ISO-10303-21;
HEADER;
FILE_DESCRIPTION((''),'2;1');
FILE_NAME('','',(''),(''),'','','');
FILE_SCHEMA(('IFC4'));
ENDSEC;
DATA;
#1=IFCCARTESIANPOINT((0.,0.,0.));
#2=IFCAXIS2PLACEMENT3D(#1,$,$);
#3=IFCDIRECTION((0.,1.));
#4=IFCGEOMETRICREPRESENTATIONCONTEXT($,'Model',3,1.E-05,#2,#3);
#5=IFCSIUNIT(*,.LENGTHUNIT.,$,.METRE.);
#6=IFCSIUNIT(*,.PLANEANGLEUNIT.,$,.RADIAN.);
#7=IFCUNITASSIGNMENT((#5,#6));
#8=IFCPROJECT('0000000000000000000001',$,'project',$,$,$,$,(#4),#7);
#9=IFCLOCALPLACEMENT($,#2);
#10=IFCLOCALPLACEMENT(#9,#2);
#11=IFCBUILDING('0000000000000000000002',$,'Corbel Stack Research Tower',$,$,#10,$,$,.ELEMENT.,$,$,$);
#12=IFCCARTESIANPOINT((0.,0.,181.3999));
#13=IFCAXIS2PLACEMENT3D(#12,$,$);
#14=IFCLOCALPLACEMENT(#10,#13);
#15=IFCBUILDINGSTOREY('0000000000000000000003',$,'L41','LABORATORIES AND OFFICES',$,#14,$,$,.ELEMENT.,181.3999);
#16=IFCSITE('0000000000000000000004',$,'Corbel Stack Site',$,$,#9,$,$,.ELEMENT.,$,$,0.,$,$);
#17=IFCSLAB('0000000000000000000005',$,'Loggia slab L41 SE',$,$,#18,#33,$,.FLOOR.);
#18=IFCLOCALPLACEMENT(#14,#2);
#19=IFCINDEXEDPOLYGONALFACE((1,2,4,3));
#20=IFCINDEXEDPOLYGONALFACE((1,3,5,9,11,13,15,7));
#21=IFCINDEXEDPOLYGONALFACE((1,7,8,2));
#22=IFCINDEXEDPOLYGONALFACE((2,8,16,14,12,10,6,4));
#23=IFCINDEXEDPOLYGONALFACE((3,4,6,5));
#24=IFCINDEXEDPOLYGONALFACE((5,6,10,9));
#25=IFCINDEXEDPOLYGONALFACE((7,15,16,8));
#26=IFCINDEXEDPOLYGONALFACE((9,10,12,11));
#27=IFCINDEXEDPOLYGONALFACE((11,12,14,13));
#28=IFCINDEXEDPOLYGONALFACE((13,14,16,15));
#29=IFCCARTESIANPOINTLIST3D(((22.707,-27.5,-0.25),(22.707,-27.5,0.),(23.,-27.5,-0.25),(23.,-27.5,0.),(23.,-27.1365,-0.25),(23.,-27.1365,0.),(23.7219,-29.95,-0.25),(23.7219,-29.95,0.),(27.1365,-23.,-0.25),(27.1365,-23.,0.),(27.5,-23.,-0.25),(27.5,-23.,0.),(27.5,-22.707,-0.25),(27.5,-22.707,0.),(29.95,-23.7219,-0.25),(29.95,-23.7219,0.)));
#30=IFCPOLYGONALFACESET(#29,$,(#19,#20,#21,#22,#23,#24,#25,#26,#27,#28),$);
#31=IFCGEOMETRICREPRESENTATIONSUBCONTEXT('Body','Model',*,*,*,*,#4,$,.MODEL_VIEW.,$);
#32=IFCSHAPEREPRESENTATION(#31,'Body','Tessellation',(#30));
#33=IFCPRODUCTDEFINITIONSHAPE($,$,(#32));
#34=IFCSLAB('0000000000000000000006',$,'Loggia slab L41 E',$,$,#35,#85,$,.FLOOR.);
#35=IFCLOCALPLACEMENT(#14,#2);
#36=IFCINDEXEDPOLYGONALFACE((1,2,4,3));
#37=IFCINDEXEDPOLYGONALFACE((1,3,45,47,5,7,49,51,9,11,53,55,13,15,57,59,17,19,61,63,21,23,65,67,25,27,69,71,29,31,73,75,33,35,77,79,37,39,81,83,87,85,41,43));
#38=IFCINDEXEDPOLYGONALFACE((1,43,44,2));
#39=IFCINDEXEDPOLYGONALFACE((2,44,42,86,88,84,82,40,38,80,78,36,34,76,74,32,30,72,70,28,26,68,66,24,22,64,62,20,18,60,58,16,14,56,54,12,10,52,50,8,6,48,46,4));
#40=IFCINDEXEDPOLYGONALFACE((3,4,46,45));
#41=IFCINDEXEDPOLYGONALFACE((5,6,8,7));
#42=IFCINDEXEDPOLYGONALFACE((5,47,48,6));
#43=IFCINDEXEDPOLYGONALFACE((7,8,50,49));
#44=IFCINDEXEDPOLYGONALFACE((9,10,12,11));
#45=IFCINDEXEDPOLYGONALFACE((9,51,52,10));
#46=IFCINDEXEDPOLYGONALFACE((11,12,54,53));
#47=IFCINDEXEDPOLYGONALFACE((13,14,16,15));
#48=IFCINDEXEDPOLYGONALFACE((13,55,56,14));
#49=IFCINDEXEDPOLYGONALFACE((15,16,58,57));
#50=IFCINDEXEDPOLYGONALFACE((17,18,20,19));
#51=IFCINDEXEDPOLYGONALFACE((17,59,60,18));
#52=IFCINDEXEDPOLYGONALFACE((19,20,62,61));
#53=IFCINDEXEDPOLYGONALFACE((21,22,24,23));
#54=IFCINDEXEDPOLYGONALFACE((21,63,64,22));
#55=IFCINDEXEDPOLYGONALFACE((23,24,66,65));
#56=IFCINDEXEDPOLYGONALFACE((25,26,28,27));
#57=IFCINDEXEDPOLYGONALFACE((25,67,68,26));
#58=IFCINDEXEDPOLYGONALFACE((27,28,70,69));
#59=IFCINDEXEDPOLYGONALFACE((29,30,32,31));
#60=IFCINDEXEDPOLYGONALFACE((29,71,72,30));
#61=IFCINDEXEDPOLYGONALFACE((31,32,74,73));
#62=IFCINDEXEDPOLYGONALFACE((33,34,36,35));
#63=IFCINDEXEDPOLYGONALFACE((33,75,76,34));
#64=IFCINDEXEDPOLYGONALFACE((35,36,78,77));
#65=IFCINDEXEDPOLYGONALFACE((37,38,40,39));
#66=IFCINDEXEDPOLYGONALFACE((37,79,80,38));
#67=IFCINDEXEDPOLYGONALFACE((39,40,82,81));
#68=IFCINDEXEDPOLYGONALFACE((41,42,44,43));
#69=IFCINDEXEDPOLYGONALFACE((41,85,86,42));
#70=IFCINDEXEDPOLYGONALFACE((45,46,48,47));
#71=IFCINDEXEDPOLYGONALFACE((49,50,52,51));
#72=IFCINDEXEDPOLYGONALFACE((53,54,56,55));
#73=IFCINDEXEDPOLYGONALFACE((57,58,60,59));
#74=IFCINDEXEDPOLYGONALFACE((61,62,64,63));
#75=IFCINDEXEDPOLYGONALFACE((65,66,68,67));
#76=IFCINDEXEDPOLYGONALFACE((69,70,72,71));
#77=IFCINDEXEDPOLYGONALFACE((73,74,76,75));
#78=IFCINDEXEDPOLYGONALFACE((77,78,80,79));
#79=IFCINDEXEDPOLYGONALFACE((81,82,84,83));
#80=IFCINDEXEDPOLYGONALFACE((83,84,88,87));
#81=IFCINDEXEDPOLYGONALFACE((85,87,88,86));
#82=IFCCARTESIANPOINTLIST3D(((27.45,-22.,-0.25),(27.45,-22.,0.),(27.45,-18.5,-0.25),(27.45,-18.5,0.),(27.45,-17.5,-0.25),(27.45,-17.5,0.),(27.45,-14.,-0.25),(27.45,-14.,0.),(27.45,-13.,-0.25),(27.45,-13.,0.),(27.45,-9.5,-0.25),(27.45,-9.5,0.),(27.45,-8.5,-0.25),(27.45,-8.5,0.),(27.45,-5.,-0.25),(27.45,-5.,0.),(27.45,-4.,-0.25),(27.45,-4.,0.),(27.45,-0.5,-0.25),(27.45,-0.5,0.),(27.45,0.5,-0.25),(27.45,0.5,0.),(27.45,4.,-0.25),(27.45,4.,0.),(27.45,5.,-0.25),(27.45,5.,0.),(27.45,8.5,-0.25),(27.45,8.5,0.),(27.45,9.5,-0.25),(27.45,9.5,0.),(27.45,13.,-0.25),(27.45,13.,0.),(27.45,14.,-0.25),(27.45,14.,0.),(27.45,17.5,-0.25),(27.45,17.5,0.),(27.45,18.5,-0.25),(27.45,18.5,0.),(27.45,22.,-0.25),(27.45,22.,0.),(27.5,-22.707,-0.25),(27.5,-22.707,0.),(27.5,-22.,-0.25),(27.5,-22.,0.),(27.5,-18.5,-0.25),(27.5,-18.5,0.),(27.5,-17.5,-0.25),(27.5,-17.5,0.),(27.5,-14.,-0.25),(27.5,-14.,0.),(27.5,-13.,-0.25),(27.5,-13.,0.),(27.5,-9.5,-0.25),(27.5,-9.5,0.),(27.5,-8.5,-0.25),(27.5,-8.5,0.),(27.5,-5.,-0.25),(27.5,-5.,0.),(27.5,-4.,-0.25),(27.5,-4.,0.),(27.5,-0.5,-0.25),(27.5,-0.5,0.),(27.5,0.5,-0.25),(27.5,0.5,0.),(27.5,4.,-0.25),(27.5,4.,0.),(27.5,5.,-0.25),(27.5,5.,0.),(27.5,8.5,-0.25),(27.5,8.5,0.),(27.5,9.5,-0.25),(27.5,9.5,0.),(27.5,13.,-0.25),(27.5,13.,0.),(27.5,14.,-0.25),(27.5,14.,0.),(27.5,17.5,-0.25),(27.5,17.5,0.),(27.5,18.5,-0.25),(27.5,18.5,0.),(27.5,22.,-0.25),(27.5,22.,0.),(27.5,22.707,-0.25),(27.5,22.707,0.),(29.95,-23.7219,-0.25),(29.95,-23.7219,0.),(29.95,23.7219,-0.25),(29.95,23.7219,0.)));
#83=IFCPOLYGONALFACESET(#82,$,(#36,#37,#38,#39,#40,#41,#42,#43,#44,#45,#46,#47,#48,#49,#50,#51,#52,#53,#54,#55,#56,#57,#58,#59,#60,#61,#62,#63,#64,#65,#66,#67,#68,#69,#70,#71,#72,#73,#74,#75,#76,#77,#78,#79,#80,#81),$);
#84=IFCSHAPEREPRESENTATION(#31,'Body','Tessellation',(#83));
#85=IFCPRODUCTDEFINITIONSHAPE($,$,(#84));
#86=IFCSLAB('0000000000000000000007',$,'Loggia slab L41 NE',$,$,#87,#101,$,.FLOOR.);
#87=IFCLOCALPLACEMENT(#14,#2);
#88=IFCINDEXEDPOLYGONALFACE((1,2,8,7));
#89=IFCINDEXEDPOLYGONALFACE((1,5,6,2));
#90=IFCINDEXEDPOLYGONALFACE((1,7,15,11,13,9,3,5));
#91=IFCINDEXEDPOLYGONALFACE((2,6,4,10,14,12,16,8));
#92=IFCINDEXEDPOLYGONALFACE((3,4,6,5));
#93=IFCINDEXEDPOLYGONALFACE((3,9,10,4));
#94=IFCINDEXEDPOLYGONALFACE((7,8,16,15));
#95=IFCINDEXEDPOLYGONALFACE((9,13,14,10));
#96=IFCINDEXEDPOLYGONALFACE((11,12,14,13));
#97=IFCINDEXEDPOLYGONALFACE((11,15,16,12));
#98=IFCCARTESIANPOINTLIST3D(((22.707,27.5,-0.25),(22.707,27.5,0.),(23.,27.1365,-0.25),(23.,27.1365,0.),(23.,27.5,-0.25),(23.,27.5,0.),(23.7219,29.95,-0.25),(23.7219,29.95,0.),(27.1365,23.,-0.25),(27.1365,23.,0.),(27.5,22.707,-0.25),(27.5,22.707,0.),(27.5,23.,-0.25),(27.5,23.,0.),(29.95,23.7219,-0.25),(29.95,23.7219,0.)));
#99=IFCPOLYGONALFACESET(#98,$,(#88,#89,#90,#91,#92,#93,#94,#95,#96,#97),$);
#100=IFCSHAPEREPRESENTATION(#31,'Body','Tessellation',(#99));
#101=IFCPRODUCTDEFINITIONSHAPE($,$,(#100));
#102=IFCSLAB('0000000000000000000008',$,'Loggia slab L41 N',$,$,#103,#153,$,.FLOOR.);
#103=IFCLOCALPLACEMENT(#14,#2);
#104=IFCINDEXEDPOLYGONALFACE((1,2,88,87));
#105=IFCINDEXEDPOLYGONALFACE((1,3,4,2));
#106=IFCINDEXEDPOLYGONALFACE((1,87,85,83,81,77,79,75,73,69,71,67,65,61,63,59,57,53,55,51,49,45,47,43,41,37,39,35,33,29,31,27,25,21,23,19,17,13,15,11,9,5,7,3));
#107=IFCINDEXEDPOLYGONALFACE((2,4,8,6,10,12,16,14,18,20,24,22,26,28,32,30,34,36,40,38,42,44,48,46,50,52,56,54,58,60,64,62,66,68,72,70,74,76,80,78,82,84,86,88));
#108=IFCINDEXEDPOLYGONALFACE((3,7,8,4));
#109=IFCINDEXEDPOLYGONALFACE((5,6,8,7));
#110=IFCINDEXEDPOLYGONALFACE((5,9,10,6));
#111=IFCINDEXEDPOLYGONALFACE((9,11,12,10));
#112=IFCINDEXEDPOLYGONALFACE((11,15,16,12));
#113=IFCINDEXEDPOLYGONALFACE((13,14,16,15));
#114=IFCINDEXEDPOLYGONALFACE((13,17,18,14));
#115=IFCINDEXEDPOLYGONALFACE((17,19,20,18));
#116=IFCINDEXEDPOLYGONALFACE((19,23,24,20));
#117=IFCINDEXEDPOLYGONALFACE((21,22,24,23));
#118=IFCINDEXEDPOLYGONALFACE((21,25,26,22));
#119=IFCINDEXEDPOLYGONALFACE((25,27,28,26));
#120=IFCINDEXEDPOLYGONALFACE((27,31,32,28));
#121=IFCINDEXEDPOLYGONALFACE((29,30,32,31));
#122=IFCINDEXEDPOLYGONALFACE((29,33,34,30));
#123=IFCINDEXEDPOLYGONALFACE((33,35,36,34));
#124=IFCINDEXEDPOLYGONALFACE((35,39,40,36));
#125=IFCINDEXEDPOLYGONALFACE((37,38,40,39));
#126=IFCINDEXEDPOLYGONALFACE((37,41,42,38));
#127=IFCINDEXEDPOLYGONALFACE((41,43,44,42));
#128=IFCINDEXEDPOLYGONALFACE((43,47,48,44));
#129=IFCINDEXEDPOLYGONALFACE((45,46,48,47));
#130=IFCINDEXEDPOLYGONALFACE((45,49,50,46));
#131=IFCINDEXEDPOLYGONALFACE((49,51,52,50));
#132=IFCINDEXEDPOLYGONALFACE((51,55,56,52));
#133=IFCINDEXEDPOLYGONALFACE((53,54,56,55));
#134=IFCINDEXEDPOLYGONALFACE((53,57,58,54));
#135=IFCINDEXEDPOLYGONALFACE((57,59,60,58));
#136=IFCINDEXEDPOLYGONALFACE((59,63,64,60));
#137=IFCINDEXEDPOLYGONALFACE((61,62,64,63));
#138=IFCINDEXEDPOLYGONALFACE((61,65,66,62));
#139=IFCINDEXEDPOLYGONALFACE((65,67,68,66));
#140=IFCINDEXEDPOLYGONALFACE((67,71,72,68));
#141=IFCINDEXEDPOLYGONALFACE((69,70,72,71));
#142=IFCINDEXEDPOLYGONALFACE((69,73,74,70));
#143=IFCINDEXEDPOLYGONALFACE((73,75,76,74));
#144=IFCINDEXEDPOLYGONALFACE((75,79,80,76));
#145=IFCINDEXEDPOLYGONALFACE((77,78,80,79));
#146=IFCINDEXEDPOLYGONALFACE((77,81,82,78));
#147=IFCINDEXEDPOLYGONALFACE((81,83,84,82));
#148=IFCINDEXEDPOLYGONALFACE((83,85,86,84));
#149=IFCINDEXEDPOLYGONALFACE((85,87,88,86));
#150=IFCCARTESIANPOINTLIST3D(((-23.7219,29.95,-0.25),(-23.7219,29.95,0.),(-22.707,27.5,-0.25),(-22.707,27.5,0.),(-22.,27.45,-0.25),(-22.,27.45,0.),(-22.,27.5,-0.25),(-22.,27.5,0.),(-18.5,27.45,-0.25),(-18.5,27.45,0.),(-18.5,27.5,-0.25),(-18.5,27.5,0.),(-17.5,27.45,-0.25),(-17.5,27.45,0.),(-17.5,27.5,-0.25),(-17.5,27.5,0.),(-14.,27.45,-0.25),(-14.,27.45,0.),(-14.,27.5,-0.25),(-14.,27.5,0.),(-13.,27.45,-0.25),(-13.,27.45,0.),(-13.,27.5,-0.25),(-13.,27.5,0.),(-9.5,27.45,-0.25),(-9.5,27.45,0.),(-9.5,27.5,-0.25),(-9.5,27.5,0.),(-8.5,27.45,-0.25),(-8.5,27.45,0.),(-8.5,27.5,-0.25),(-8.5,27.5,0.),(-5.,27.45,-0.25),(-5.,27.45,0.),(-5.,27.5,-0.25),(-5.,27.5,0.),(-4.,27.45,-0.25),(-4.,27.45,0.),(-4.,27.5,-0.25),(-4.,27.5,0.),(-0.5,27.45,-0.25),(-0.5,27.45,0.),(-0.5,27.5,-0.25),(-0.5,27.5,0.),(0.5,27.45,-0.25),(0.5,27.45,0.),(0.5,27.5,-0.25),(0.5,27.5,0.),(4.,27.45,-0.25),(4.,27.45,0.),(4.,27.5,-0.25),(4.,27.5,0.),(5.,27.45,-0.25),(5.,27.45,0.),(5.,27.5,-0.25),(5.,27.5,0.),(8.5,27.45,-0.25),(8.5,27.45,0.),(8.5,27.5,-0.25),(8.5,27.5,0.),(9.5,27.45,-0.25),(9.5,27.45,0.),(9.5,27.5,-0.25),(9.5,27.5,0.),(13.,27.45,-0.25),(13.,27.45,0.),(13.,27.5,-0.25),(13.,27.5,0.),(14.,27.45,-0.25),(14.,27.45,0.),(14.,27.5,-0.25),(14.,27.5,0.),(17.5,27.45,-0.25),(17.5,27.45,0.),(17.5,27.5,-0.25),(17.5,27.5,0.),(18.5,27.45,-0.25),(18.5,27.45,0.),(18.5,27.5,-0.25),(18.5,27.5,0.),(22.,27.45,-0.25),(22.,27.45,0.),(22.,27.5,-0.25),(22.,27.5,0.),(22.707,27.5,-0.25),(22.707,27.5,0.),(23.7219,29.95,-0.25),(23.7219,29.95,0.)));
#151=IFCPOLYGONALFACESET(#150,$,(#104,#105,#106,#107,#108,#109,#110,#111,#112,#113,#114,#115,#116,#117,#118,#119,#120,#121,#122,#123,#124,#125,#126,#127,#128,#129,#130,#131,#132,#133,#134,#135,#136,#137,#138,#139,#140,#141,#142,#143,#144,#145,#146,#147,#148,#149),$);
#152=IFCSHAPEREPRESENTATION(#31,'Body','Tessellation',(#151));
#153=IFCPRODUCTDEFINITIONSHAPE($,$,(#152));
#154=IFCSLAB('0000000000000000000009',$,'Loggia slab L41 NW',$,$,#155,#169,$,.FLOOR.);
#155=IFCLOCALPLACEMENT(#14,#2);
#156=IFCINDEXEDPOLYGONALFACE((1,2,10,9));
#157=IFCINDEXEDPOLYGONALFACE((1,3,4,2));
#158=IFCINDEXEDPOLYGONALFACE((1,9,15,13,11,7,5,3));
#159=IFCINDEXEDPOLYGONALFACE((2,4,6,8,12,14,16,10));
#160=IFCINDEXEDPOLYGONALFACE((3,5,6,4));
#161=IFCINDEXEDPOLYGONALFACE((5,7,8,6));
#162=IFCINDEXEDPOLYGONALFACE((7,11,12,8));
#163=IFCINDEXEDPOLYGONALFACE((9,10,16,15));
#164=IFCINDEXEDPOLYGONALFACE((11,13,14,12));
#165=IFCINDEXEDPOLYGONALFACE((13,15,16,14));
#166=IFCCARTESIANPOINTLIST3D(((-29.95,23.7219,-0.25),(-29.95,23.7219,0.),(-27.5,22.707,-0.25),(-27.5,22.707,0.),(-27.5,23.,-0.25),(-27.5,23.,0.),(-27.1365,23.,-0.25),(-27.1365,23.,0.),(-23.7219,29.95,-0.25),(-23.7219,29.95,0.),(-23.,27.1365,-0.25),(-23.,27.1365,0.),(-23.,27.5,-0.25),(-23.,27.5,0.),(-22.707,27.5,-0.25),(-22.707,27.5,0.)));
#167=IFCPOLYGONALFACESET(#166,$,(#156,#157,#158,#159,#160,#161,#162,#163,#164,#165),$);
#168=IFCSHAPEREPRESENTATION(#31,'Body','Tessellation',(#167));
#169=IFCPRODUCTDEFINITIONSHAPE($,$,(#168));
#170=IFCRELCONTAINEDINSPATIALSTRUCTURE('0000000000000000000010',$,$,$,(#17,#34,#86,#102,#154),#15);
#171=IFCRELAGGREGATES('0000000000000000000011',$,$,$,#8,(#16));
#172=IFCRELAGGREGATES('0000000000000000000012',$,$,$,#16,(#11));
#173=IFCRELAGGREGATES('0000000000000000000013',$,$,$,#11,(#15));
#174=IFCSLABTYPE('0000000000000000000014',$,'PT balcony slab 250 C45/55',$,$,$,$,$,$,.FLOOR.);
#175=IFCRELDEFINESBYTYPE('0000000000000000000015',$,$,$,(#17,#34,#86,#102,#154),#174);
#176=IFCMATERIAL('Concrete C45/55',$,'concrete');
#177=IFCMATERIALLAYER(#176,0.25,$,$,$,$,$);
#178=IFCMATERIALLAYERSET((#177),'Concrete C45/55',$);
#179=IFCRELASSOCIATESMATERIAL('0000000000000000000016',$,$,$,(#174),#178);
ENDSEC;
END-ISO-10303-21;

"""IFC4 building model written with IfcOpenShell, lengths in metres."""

from ifc_helpers import new_model, si_unit, direction, frame, origin, place, context, subcontext, project, spatial, polyline, outline, extrude, material, layer, layer_set, type_object, element, save


model = new_model("IFC4")

# Units and contexts
model_context = context("Model", 3, precision=1e-05, world=origin(), true_north=direction((0.0, 1.0)))
body_context = subcontext(model_context, "Body", "Model", "MODEL_VIEW")
ifc_project = project(units=[si_unit("LENGTHUNIT", "METRE"), si_unit("PLANEANGLEUNIT", "RADIAN")], contexts=[model_context])

# Site, building, storey
site_placement = place(None, origin())
site = spatial("IfcSite", under=ifc_project, at=site_placement, Name="Corbel Stack Site", CompositionType="ELEMENT", RefElevation=0.0)
building_placement = place(site_placement, origin())
building = spatial("IfcBuilding", under=site, at=building_placement, Name="Corbel Stack Research Tower", CompositionType="ELEMENT")
storey_placement = place(building_placement, frame((0.0, 0.0, 181.3999)))
storey = spatial("IfcBuildingStorey", under=building, at=storey_placement, Name="L41", Description="LABORATORIES AND OFFICES", CompositionType="ELEMENT", Elevation=181.3999)

# Slabs
ifc_material_1 = material(Name="Concrete C45/55", Category="concrete")
ifc_layer_1 = layer(ifc_material_1, 0.25)
ifc_layer_set_1 = layer_set([ifc_layer_1], Name="Concrete C45/55")
slab_type_1 = type_object("IfcSlabType", Name="PT balcony slab 250 C45/55", PredefinedType="FLOOR", material=ifc_layer_set_1)
slab_1_placement = place(storey_placement, frame((0.0, 0.0, -0.25)))
element("IfcSlab", 1, at=slab_1_placement, inside=storey, type_object=slab_type_1, Name="Loggia slab L41 SE", PredefinedType="FLOOR", context=body_context, shape_type="SweptSolid", body=[
    extrude(outline(polyline([(27.5, -22.707), (27.5, -23.0), (27.1365, -23.0), (23.0, -27.1365), (23.0, -27.5), (22.707, -27.5), (23.7219, -29.95), (29.95, -23.7219), (27.5, -22.707)])), origin(), (0.0, 0.0, 1.0), 0.25),
])
slab_2_placement = place(storey_placement, frame((0.0, 0.0, -0.25)))
element("IfcSlab", 2, at=slab_2_placement, inside=storey, type_object=slab_type_1, Name="Loggia slab L41 E", PredefinedType="FLOOR", context=body_context, shape_type="SweptSolid", body=[
    extrude(outline(polyline([(27.5, 22.707), (27.5, 22.0), (27.45, 22.0), (27.45, 18.5), (27.5, 18.5), (27.5, 17.5), (27.45, 17.5), (27.45, 14.0), (27.5, 14.0), (27.5, 13.0), (27.45, 13.0), (27.45, 9.5), (27.5, 9.5), (27.5, 8.5), (27.45, 8.5), (27.45, 5.0), (27.5, 5.0), (27.5, 4.0), (27.45, 4.0), (27.45, 0.5), (27.5, 0.5), (27.5, -0.5), (27.45, -0.5), (27.45, -4.0), (27.5, -4.0), (27.5, -5.0), (27.45, -5.0), (27.45, -8.5), (27.5, -8.5), (27.5, -9.5), (27.45, -9.5), (27.45, -13.0), (27.5, -13.0), (27.5, -14.0), (27.45, -14.0), (27.45, -17.5), (27.5, -17.5), (27.5, -18.5), (27.45, -18.5), (27.45, -22.0), (27.5, -22.0), (27.5, -22.707), (29.95, -23.7219), (29.95, 23.7219), (27.5, 22.707)])), origin(), (0.0, 0.0, 1.0), 0.25),
])
slab_3_placement = place(storey_placement, frame((0.0, 0.0, -0.25)))
element("IfcSlab", 3, at=slab_3_placement, inside=storey, type_object=slab_type_1, Name="Loggia slab L41 NE", PredefinedType="FLOOR", context=body_context, shape_type="SweptSolid", body=[
    extrude(outline(polyline([(22.707, 27.5), (23.0, 27.5), (23.0, 27.1365), (27.1365, 23.0), (27.5, 23.0), (27.5, 22.707), (29.95, 23.7219), (23.7219, 29.95), (22.707, 27.5)])), origin(), (0.0, 0.0, 1.0), 0.25),
])
slab_4_placement = place(storey_placement, frame((0.0, 0.0, -0.25)))
element("IfcSlab", 4, at=slab_4_placement, inside=storey, type_object=slab_type_1, Name="Loggia slab L41 N", PredefinedType="FLOOR", context=body_context, shape_type="SweptSolid", body=[
    extrude(outline(polyline([(-22.707, 27.5), (-22.0, 27.5), (-22.0, 27.45), (-18.5, 27.45), (-18.5, 27.5), (-17.5, 27.5), (-17.5, 27.45), (-14.0, 27.45), (-14.0, 27.5), (-13.0, 27.5), (-13.0, 27.45), (-9.5, 27.45), (-9.5, 27.5), (-8.5, 27.5), (-8.5, 27.45), (-5.0, 27.45), (-5.0, 27.5), (-4.0, 27.5), (-4.0, 27.45), (-0.5, 27.45), (-0.5, 27.5), (0.5, 27.5), (0.5, 27.45), (4.0, 27.45), (4.0, 27.5), (5.0, 27.5), (5.0, 27.45), (8.5, 27.45), (8.5, 27.5), (9.5, 27.5), (9.5, 27.45), (13.0, 27.45), (13.0, 27.5), (14.0, 27.5), (14.0, 27.45), (17.5, 27.45), (17.5, 27.5), (18.5, 27.5), (18.5, 27.45), (22.0, 27.45), (22.0, 27.5), (22.707, 27.5), (23.7219, 29.95), (-23.7219, 29.95), (-22.707, 27.5)])), origin(), (0.0, 0.0, 1.0), 0.25),
])
slab_5_placement = place(storey_placement, frame((0.0, 0.0, -0.25)))
element("IfcSlab", 5, at=slab_5_placement, inside=storey, type_object=slab_type_1, Name="Loggia slab L41 NW", PredefinedType="FLOOR", context=body_context, shape_type="SweptSolid", body=[
    extrude(outline(polyline([(-27.5, 22.707), (-27.5, 23.0), (-27.1365, 23.0), (-23.0, 27.1365), (-23.0, 27.5), (-22.707, 27.5), (-23.7219, 29.95), (-29.95, 23.7219), (-27.5, 22.707)])), origin(), (0.0, 0.0, 1.0), 0.25),
])

save(model, "model.ifc")
